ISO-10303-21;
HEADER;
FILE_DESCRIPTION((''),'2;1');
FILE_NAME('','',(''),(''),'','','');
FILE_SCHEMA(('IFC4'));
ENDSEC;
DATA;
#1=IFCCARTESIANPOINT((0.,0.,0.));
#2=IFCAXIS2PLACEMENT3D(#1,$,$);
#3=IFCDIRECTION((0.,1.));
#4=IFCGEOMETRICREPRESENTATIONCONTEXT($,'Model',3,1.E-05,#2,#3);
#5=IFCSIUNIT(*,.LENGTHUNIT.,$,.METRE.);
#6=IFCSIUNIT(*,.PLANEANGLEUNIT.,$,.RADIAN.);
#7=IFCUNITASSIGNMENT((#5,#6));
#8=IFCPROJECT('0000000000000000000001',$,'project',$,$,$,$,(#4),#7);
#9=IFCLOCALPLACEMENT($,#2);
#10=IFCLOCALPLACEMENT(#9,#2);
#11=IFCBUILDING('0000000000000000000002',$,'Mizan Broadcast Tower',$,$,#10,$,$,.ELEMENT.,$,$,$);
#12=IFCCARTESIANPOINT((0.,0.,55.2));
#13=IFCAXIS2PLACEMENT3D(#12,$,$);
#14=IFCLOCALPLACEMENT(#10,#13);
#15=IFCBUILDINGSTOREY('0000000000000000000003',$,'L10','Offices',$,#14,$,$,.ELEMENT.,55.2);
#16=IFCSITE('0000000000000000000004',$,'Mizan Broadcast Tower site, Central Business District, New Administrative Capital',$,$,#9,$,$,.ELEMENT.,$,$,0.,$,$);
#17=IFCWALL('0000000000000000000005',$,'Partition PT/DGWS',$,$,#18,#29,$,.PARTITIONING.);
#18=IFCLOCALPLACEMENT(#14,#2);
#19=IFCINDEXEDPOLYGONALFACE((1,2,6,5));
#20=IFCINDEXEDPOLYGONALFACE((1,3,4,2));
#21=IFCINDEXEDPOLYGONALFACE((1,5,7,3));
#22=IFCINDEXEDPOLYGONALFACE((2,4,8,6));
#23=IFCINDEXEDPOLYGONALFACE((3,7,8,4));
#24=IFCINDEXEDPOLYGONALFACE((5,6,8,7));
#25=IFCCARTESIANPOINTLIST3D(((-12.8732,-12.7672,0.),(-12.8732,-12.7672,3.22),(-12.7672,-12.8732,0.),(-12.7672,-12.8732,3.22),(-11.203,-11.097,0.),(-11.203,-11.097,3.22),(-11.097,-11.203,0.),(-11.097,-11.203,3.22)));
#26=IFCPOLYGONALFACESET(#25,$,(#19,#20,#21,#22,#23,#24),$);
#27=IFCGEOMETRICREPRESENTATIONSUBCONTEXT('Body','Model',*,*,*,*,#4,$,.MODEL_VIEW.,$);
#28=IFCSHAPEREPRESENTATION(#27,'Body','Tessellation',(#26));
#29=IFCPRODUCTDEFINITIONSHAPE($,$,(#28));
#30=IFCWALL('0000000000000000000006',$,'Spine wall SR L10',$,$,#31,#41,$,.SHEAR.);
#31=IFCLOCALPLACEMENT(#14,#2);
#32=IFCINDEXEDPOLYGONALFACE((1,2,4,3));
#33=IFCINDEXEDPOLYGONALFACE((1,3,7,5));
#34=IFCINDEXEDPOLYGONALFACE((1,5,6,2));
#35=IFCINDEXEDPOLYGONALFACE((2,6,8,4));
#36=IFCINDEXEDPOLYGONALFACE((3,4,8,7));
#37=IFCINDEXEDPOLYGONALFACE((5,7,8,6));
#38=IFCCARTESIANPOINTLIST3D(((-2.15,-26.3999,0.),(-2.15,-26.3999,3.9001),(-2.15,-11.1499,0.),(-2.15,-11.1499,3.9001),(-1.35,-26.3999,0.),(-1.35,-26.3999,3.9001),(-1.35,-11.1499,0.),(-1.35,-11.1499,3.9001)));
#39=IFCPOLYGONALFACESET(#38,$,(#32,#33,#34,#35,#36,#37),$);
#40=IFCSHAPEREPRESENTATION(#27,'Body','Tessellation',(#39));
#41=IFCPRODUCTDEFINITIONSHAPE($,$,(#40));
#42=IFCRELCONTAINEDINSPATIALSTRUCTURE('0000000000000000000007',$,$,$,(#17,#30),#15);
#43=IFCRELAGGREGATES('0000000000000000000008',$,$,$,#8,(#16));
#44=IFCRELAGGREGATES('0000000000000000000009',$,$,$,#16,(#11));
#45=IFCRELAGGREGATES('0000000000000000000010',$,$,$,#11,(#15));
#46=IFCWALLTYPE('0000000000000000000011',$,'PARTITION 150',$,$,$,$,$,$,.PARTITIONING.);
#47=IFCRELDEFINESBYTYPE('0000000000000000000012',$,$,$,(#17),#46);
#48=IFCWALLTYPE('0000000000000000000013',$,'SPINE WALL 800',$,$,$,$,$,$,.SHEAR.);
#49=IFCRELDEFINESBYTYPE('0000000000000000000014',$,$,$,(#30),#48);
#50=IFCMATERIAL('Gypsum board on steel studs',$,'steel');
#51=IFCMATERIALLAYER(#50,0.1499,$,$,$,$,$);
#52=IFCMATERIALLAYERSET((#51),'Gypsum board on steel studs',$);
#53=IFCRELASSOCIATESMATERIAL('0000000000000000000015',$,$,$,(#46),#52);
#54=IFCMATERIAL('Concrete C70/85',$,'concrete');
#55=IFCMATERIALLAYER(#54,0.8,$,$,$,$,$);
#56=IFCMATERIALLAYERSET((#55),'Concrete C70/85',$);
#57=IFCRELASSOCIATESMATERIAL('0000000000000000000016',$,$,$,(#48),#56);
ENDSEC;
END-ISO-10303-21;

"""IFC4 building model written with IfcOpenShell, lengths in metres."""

from ifc_helpers import new_model, si_unit, direction, frame, frame_2d, origin, place, context, subcontext, project, spatial, rectangle, extrude, material, layer, layer_set, type_object, element, save


model = new_model("IFC4")

# Units and contexts
model_context = context("Model", 3, precision=1e-05, world=origin(), true_north=direction((0.0, 1.0)))
body_context = subcontext(model_context, "Body", "Model", "MODEL_VIEW")
ifc_project = project(units=[si_unit("LENGTHUNIT", "METRE"), si_unit("PLANEANGLEUNIT", "RADIAN")], contexts=[model_context])

# Site, building, storey
site_placement = place(None, origin())
site = spatial("IfcSite", under=ifc_project, at=site_placement, Name="Mizan Broadcast Tower site, Central Business District, New Administrative Capital", CompositionType="ELEMENT", RefElevation=0.0)
building_placement = place(site_placement, origin())
building = spatial("IfcBuilding", under=site, at=building_placement, Name="Mizan Broadcast Tower", CompositionType="ELEMENT")
storey_placement = place(building_placement, frame((0.0, 0.0, 55.2)))
storey = spatial("IfcBuildingStorey", under=building, at=storey_placement, Name="L10", Description="Offices", CompositionType="ELEMENT", Elevation=55.2)

# Walls
ifc_material_1 = material(Name="Gypsum board on steel studs", Category="steel")
ifc_layer_1 = layer(ifc_material_1, 0.1499)
ifc_layer_set_1 = layer_set([ifc_layer_1], Name="Gypsum board on steel studs")
wall_type_1 = type_object("IfcWallType", Name="PARTITION 150", PredefinedType="PARTITIONING", material=ifc_layer_set_1)
wall_1_placement = place(storey_placement, frame((-11.1499, -11.1499, 0.0), z_axis=(0.0, 0.0, 1.0), x_axis=(-0.707107, -0.707107, 0.0)))
element("IfcWall", 1, at=wall_1_placement, inside=storey, type_object=wall_type_1, Name="Partition PT/DGWS", PredefinedType="PARTITIONING", context=body_context, shape_type="SweptSolid", body=[
    extrude(rectangle(XDim=2.3621, YDim=0.1499, at=frame_2d((1.1812, 0.0))), origin(), (0.0, 0.0, 1.0), 3.22),
])
ifc_material_2 = material(Name="Concrete C70/85", Category="concrete")
ifc_layer_2 = layer(ifc_material_2, 0.8)
ifc_layer_set_2 = layer_set([ifc_layer_2], Name="Concrete C70/85")
wall_type_2 = type_object("IfcWallType", Name="SPINE WALL 800", PredefinedType="SHEAR", material=ifc_layer_set_2)
wall_2_placement = place(storey_placement, frame((-1.75, -11.1499, 0.0), z_axis=(0.0, 0.0, 1.0), x_axis=(0.0, -1.0, 0.0)))
element("IfcWall", 2, at=wall_2_placement, inside=storey, type_object=wall_type_2, Name="Spine wall SR L10", PredefinedType="SHEAR", context=body_context, shape_type="SweptSolid", body=[
    extrude(rectangle(XDim=15.25, YDim=0.8, at=frame_2d((7.625, 0.0))), origin(), (0.0, 0.0, 1.0), 3.9001),
])

save(model, "model.ifc")
